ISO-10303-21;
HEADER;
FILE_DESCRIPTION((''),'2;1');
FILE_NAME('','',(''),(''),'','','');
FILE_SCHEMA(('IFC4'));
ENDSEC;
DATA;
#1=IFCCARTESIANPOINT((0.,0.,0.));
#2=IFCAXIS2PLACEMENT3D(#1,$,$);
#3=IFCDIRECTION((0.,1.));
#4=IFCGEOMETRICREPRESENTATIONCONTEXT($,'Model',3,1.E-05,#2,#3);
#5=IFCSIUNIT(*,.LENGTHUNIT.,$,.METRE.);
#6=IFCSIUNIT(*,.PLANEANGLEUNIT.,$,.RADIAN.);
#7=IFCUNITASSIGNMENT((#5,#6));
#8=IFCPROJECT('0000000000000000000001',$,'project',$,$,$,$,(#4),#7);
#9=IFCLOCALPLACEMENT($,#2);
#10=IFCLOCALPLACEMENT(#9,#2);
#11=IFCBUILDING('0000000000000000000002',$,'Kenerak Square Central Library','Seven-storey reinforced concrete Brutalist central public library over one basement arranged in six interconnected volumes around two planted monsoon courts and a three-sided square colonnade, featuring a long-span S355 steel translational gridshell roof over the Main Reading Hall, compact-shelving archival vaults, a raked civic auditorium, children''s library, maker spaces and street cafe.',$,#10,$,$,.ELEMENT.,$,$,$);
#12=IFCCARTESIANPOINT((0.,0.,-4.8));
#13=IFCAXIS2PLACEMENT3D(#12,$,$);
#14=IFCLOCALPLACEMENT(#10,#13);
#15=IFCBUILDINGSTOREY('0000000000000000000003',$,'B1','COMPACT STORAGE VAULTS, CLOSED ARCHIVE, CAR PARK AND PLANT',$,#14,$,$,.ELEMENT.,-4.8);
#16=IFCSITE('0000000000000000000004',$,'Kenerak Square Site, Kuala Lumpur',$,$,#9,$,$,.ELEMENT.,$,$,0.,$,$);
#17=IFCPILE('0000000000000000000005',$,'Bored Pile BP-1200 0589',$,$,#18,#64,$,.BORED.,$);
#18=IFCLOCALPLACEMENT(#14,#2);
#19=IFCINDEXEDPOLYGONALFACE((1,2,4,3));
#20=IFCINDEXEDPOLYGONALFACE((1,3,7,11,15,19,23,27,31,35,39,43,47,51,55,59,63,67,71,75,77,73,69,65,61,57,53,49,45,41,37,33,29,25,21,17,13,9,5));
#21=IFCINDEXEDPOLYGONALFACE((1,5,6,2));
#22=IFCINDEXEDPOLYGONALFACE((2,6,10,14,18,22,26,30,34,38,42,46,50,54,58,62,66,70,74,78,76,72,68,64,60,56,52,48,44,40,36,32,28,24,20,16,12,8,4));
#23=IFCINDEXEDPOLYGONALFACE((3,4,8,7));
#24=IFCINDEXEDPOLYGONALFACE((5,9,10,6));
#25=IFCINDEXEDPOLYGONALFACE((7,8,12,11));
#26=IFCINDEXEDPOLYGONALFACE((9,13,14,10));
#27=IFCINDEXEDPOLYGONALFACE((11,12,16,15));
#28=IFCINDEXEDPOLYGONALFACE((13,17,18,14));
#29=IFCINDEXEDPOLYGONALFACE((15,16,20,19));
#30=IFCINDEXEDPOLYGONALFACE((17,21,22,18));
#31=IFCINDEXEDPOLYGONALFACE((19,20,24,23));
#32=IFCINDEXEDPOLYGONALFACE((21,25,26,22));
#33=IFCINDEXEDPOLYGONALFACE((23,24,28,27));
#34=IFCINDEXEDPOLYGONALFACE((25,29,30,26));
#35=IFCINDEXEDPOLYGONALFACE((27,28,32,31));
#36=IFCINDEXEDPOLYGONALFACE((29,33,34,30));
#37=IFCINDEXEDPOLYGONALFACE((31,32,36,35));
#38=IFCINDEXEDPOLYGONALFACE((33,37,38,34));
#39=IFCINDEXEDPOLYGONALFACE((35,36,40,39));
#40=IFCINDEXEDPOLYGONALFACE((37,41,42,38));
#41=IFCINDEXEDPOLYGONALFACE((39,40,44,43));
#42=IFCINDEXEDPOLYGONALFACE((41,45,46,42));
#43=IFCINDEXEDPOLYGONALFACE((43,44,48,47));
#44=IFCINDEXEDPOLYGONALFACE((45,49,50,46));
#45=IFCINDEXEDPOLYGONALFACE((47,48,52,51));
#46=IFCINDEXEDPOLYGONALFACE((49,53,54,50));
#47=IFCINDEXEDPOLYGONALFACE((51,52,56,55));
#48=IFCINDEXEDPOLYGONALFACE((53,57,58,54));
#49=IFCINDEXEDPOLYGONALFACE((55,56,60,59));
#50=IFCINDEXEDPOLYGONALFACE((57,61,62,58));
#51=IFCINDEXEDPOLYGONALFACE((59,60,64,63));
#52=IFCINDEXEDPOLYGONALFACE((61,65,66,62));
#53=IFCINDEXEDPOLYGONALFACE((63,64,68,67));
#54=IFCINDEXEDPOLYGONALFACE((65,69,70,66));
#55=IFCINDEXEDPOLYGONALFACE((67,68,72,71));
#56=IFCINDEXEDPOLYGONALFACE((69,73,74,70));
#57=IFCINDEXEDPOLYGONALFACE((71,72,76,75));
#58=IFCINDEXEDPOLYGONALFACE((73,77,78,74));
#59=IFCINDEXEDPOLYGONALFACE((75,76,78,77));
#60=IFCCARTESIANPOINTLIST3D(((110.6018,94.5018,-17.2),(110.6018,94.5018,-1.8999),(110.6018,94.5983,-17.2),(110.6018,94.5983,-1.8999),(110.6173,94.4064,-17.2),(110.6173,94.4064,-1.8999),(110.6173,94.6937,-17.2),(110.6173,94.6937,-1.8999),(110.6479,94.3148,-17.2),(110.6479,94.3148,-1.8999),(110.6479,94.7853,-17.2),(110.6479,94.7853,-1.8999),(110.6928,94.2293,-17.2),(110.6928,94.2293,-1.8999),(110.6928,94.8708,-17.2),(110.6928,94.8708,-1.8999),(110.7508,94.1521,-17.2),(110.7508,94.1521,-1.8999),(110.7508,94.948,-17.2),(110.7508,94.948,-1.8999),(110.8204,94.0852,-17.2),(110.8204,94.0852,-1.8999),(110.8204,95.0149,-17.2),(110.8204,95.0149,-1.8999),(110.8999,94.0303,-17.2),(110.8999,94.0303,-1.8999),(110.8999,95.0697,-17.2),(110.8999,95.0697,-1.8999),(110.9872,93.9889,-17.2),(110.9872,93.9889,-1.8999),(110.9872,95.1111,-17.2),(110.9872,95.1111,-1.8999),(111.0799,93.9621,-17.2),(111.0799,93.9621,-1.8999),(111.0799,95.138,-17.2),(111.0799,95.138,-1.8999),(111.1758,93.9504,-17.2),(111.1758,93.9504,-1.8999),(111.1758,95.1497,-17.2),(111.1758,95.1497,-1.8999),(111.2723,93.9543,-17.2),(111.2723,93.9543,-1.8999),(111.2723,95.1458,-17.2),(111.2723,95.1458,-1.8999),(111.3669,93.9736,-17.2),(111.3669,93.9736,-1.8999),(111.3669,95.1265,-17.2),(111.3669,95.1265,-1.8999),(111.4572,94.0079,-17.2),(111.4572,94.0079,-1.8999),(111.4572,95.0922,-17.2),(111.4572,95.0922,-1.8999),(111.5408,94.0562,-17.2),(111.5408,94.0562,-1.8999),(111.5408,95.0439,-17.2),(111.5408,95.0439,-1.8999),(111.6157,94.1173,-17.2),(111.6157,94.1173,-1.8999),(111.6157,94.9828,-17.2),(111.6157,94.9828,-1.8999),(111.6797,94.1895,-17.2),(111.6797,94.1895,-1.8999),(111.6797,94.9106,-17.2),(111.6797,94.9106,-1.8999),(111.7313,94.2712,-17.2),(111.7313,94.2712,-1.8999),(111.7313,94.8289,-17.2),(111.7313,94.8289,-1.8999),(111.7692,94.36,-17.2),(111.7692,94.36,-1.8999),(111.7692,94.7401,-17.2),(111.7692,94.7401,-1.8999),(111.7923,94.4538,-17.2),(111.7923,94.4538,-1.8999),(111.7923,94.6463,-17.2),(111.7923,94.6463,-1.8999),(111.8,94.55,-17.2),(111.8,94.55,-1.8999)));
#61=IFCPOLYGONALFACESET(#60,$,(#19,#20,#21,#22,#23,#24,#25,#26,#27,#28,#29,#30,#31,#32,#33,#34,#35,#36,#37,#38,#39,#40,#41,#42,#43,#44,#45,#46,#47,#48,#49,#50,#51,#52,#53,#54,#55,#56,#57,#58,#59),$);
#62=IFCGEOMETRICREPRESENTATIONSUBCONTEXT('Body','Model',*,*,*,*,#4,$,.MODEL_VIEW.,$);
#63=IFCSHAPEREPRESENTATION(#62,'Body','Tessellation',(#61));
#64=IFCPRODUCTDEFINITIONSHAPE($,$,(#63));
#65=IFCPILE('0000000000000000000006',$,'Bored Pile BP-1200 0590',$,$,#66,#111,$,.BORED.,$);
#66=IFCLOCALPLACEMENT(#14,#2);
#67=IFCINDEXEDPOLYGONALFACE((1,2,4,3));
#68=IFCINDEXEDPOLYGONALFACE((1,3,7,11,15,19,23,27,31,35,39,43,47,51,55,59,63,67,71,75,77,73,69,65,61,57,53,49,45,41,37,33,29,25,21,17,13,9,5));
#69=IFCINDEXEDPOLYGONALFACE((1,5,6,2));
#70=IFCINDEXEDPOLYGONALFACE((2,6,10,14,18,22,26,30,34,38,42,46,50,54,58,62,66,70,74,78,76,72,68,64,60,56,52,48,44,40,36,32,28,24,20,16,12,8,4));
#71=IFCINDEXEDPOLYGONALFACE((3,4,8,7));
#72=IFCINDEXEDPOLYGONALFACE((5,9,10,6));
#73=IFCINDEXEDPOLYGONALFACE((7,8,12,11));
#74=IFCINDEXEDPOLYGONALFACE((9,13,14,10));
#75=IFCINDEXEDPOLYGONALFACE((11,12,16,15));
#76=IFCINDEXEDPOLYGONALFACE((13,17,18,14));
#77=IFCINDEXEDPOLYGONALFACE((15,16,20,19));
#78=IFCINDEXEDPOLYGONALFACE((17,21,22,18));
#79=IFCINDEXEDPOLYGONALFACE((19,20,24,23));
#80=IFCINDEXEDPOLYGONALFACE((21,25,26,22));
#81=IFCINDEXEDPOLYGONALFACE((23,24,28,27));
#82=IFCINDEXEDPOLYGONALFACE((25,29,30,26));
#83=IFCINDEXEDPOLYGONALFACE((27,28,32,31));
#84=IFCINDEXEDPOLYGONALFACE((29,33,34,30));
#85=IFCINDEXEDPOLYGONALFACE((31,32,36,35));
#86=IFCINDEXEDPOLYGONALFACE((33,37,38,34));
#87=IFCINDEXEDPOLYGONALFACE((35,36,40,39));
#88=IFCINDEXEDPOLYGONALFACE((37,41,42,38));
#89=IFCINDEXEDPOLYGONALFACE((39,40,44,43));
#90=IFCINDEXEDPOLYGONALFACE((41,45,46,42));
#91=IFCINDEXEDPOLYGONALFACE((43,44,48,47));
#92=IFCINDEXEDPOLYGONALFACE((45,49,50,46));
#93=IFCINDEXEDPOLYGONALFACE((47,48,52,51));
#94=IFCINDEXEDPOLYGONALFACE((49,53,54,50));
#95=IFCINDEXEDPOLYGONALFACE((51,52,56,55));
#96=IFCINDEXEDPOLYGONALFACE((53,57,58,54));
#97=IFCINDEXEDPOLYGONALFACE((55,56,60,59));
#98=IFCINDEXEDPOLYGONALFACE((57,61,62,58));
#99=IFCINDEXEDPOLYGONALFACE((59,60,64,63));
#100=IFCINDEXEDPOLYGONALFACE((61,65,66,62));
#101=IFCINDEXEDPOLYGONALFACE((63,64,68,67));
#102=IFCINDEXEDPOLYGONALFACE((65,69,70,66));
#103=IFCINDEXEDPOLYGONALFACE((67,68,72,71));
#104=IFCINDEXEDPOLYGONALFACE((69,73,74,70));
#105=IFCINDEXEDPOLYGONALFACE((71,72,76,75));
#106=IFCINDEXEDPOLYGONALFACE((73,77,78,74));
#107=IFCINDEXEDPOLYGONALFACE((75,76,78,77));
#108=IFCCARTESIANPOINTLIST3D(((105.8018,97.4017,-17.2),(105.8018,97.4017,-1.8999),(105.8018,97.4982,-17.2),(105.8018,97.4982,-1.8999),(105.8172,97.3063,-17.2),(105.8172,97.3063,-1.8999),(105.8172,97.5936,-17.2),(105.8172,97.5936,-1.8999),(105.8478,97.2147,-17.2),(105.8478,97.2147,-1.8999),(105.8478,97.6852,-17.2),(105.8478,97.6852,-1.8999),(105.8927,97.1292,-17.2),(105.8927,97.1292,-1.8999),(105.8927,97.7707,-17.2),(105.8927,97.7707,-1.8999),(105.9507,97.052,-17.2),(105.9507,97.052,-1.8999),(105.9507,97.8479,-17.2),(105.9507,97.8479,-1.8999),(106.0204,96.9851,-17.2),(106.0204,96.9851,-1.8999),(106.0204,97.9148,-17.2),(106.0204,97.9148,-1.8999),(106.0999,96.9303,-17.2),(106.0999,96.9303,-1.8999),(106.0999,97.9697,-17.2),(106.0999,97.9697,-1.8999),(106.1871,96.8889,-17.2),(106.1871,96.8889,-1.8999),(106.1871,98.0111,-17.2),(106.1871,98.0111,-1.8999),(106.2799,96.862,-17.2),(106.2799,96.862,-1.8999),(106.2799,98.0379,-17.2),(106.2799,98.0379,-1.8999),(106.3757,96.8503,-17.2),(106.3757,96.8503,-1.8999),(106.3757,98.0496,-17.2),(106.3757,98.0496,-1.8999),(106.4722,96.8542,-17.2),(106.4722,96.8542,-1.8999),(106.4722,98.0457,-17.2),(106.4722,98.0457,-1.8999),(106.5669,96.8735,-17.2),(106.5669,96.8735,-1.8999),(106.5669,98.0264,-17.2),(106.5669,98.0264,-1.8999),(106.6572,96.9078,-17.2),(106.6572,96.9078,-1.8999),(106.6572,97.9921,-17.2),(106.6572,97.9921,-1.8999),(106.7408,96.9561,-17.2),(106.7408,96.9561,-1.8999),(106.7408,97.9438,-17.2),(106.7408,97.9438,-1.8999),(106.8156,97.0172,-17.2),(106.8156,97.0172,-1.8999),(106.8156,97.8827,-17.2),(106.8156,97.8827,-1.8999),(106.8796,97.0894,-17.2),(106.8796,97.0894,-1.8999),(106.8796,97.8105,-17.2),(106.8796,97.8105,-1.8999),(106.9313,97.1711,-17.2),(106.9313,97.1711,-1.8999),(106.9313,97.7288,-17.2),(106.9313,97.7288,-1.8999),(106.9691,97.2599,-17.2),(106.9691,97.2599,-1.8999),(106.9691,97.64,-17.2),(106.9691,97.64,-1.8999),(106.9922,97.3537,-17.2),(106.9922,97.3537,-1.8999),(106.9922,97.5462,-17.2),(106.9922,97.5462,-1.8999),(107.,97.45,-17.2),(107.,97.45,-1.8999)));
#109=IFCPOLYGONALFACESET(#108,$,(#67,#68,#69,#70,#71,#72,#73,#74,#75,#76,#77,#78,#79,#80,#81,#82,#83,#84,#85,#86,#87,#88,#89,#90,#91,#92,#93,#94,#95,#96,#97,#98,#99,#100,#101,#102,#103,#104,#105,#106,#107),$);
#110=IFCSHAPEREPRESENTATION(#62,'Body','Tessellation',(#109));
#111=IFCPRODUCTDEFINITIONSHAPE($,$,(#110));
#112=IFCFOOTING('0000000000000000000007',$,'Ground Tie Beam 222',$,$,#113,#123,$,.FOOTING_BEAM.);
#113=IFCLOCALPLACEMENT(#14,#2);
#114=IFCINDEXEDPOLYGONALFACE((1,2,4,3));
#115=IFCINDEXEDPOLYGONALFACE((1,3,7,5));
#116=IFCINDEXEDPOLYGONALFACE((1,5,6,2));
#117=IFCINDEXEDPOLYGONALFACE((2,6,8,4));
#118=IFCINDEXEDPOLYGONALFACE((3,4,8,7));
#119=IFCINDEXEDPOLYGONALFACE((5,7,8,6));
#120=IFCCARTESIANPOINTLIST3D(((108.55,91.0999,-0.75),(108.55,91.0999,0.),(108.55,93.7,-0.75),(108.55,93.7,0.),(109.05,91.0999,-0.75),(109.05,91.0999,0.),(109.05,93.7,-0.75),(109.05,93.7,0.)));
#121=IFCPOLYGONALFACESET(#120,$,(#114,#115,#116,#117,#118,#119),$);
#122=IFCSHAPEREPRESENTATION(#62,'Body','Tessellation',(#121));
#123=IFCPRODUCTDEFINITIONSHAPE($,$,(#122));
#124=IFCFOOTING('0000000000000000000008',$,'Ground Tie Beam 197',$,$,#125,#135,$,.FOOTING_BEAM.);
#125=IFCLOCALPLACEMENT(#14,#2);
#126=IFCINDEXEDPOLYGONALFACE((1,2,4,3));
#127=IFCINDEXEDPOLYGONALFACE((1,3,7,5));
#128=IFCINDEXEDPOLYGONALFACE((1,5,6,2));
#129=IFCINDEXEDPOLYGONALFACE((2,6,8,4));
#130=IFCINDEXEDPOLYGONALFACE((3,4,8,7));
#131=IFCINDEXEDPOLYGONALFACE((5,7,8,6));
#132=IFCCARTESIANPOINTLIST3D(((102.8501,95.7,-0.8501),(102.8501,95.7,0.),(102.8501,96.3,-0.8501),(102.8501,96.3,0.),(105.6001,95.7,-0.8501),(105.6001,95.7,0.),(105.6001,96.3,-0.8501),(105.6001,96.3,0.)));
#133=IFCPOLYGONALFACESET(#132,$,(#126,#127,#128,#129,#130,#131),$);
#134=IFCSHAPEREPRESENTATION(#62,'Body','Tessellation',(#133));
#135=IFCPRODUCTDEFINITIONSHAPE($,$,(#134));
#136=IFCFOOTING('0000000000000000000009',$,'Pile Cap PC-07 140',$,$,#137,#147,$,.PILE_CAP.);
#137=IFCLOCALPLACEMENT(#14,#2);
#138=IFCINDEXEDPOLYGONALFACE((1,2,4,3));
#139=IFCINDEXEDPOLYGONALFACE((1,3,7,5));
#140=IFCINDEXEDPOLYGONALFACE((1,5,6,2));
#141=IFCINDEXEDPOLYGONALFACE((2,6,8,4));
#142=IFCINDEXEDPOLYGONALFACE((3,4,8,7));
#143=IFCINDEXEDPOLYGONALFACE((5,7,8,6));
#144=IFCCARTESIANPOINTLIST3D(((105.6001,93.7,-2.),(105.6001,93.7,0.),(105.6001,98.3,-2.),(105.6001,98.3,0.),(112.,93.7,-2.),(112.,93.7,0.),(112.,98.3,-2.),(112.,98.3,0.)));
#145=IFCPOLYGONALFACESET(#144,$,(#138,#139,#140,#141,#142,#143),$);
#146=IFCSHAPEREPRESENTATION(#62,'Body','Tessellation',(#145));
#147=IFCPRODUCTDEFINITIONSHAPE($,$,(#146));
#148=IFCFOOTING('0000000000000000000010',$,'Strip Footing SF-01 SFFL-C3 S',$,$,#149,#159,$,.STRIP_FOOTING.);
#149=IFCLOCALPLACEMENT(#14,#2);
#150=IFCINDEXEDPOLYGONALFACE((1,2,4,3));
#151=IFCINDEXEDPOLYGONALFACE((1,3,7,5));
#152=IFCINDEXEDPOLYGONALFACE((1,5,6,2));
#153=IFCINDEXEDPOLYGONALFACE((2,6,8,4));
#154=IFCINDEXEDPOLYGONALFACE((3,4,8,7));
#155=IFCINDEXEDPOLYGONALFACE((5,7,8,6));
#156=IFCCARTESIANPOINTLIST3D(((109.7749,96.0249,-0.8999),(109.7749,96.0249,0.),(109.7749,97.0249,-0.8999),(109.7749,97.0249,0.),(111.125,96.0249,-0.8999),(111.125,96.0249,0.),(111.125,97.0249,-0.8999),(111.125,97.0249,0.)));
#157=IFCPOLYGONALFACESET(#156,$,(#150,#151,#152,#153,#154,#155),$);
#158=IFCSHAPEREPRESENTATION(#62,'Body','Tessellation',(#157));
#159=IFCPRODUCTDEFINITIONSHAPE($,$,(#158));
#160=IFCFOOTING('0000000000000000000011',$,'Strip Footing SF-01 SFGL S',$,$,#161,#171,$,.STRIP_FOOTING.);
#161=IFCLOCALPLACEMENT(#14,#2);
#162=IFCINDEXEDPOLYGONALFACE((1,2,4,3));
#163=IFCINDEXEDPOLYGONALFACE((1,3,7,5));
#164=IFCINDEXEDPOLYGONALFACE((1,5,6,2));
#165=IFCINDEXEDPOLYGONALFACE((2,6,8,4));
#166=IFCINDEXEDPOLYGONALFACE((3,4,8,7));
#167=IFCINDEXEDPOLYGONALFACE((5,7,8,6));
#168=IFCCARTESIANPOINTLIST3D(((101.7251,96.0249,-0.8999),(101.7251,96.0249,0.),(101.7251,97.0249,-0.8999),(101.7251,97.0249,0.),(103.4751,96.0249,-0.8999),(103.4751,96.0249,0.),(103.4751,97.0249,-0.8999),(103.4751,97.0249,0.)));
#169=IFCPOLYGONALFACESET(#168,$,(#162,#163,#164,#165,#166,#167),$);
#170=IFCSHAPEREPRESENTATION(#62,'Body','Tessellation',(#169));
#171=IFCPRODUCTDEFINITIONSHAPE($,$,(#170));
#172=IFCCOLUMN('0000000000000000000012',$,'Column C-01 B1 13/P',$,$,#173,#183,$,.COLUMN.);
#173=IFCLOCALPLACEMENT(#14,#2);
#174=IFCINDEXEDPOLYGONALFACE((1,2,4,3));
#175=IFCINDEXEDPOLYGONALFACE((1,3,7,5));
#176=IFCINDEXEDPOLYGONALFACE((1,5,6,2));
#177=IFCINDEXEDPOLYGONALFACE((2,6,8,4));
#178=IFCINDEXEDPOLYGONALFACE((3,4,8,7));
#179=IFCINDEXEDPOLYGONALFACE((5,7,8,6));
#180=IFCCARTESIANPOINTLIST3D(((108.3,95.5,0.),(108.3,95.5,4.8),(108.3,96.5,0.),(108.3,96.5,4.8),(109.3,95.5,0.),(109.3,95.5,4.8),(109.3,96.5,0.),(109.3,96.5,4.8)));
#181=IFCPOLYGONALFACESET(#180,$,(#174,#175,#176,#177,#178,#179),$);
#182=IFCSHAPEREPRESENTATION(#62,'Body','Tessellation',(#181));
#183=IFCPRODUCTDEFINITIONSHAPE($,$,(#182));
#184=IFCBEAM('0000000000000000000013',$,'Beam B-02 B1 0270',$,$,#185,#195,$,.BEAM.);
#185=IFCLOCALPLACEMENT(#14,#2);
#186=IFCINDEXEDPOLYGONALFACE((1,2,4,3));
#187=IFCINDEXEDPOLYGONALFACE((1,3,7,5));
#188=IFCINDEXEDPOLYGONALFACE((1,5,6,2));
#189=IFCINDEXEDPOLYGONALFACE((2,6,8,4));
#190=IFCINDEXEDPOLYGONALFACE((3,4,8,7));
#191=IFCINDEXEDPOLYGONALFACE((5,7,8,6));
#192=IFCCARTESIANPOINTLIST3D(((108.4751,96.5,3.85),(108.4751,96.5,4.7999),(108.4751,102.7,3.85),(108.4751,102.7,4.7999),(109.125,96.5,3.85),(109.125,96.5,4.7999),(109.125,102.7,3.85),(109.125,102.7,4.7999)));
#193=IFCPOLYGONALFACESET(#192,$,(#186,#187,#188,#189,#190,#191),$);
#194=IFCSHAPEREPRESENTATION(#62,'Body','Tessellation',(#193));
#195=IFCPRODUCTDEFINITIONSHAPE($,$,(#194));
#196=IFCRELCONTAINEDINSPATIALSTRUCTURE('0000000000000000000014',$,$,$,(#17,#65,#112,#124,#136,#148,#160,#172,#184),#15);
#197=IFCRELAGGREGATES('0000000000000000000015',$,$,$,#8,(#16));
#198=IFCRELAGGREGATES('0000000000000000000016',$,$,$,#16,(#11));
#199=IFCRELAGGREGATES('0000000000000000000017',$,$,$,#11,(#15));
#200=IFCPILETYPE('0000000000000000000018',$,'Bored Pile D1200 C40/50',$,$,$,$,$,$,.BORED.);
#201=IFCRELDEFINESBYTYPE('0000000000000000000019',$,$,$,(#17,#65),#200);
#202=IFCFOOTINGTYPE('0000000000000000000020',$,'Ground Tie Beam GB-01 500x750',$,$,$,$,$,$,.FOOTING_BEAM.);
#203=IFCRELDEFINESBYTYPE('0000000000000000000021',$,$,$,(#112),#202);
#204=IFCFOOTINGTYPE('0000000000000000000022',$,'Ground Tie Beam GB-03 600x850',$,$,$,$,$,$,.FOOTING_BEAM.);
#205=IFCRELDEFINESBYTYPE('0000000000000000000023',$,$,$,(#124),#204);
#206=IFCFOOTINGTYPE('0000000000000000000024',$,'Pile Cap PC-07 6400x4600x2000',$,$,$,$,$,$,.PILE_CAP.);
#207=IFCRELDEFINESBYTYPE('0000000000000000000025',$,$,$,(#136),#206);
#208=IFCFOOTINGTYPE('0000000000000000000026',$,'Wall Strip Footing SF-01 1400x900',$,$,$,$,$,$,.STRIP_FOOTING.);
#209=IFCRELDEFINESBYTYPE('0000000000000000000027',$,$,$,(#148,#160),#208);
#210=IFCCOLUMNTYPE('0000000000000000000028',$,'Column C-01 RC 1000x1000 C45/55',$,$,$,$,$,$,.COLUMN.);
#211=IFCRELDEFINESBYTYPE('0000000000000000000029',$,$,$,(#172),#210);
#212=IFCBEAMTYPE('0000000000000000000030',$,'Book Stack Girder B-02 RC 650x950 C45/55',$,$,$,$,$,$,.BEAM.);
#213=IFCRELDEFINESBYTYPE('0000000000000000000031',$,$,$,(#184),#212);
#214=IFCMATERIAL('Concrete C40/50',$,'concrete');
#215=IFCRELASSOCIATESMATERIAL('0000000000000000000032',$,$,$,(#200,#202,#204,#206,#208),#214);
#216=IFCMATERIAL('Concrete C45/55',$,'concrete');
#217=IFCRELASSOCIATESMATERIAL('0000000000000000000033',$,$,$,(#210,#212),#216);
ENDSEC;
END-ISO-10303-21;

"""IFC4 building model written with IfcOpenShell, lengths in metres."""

from ifc_helpers import new_model, si_unit, direction, frame, origin, origin_2d, place, context, subcontext, project, spatial, rectangle, circle, extrude, material, material_profile, profile_set, type_object, element, save


model = new_model("IFC4")

# Units and contexts
model_context = context("Model", 3, precision=1e-05, world=origin(), true_north=direction((0.0, 1.0)))
body_context = subcontext(model_context, "Body", "Model", "MODEL_VIEW")
ifc_project = project(units=[si_unit("LENGTHUNIT", "METRE"), si_unit("PLANEANGLEUNIT", "RADIAN")], contexts=[model_context])

# Site, building, storey
site_placement = place(None, origin())
site = spatial("IfcSite", under=ifc_project, at=site_placement, Name="Kenerak Square Site, Kuala Lumpur", CompositionType="ELEMENT", RefElevation=0.0)
building_placement = place(site_placement, origin())
building = spatial("IfcBuilding", under=site, at=building_placement, Name="Kenerak Square Central Library", Description="Seven-storey reinforced concrete Brutalist central public library over one basement arranged in six interconnected volumes around two planted monsoon courts and a three-sided square colonnade, featuring a long-span S355 steel translational gridshell roof over the Main Reading Hall, compact-shelving archival vaults, a raked civic auditorium, children's library, maker spaces and street cafe.", CompositionType="ELEMENT")
storey_placement = place(building_placement, frame((0.0, 0.0, -4.8)))
storey = spatial("IfcBuildingStorey", under=building, at=storey_placement, Name="B1", Description="COMPACT STORAGE VAULTS, CLOSED ARCHIVE, CAR PARK AND PLANT", CompositionType="ELEMENT", Elevation=-4.8)

# Piles
ifc_material_1 = material(Name="Concrete C40/50", Category="concrete")
ifc_material_profile_1 = material_profile(ifc_material_1, circle(Radius=0.6001, at=origin_2d()), Name="BP D1200")
ifc_profile_set_1 = profile_set([ifc_material_profile_1], Name="Concrete C40/50")
pile_type = type_object("IfcPileType", Name="Bored Pile D1200 C40/50", PredefinedType="BORED", material=ifc_profile_set_1)
for number, where, z_axis, x_axis, name in (
    (1, (111.2, 94.55, -1.8999), (0.0, 0.0, -1.0), (1.0, 0.0, 0.0), "Bored Pile BP-1200 0589"),
    (2, (106.3999, 97.45, -1.8999), (0.0, 0.0, -1.0), (1.0, 0.0, 0.0), "Bored Pile BP-1200 0590"),
):
    element("IfcPile", number, at=place(storey_placement, frame(where, z_axis=z_axis, x_axis=x_axis)), inside=storey, type_object=pile_type, Name=name, PredefinedType="BORED", context=body_context, shape_type="SweptSolid", body=[
        extrude(circle(Radius=0.6001, at=origin_2d()), origin(), (0.0, 0.0, 1.0), 15.3),
    ])

# Footings
footing_type_1 = type_object("IfcFootingType", Name="Ground Tie Beam GB-01 500x750", PredefinedType="FOOTING_BEAM", material=ifc_material_1)
footing_1_placement = place(storey_placement, frame((108.8, 92.3999, -0.75), z_axis=(0.0, 0.0, 1.0), x_axis=(1.0, 0.0, 0.0)))
element("IfcFooting", 3, at=footing_1_placement, inside=storey, type_object=footing_type_1, Name="Ground Tie Beam 222", PredefinedType="FOOTING_BEAM", context=body_context, shape_type="SweptSolid", body=[
    extrude(rectangle(XDim=0.5, YDim=2.6001, at=origin_2d()), origin(), (0.0, 0.0, 1.0), 0.75),
])
footing_type_2 = type_object("IfcFootingType", Name="Ground Tie Beam GB-03 600x850", PredefinedType="FOOTING_BEAM", material=ifc_material_1)
footing_2_placement = place(storey_placement, frame((104.2251, 96.0, -0.8501), z_axis=(0.0, 0.0, 1.0), x_axis=(1.0, 0.0, 0.0)))
element("IfcFooting", 4, at=footing_2_placement, inside=storey, type_object=footing_type_2, Name="Ground Tie Beam 197", PredefinedType="FOOTING_BEAM", context=body_context, shape_type="SweptSolid", body=[
    extrude(rectangle(XDim=2.75, YDim=0.6001, at=origin_2d()), origin(), (0.0, 0.0, 1.0), 0.8501),
])
footing_type_3 = type_object("IfcFootingType", Name="Pile Cap PC-07 6400x4600x2000", PredefinedType="PILE_CAP", material=ifc_material_1)
footing_3_placement = place(storey_placement, frame((108.8, 96.0, -2.0), z_axis=(0.0, 0.0, 1.0), x_axis=(1.0, 0.0, 0.0)))
element("IfcFooting", 5, at=footing_3_placement, inside=storey, type_object=footing_type_3, Name="Pile Cap PC-07 140", PredefinedType="PILE_CAP", context=body_context, shape_type="SweptSolid", body=[
    extrude(rectangle(XDim=6.3999, YDim=4.6001, at=origin_2d()), origin(), (0.0, 0.0, 1.0), 2.0),
])
footing_type_4 = type_object("IfcFootingType", Name="Wall Strip Footing SF-01 1400x900", PredefinedType="STRIP_FOOTING", material=ifc_material_1)
footing_4_placement = place(storey_placement, frame((110.45, 96.5249, -0.8999), z_axis=(0.0, 0.0, 1.0), x_axis=(1.0, 0.0, 0.0)))
element("IfcFooting", 6, at=footing_4_placement, inside=storey, type_object=footing_type_4, Name="Strip Footing SF-01 SFFL-C3 S", PredefinedType="STRIP_FOOTING", context=body_context, shape_type="SweptSolid", body=[
    extrude(rectangle(XDim=1.3501, YDim=1.0, at=origin_2d()), origin(), (0.0, 0.0, 1.0), 0.8999),
])
footing_5_placement = place(storey_placement, frame((102.6001, 96.5249, -0.8999), z_axis=(0.0, 0.0, 1.0), x_axis=(1.0, 0.0, 0.0)))
element("IfcFooting", 7, at=footing_5_placement, inside=storey, type_object=footing_type_4, Name="Strip Footing SF-01 SFGL S", PredefinedType="STRIP_FOOTING", context=body_context, shape_type="SweptSolid", body=[
    extrude(rectangle(XDim=1.75, YDim=1.0, at=origin_2d()), origin(), (0.0, 0.0, 1.0), 0.8999),
])

# Column
ifc_material_2 = material(Name="Concrete C45/55", Category="concrete")
ifc_material_profile_2 = material_profile(ifc_material_2, rectangle(XDim=1.0, YDim=1.0, at=origin_2d()), Name="RC 1000x1000")
ifc_profile_set_2 = profile_set([ifc_material_profile_2], Name="Concrete C45/55")
column_type = type_object("IfcColumnType", Name="Column C-01 RC 1000x1000 C45/55", PredefinedType="COLUMN", material=ifc_profile_set_2)
column_placement = place(storey_placement, frame((108.8, 96.0, 0.0), z_axis=(0.0, 0.0, 1.0), x_axis=(1.0, 0.0, 0.0)))
element("IfcColumn", 8, at=column_placement, inside=storey, type_object=column_type, Name="Column C-01 B1 13/P", PredefinedType="COLUMN", context=body_context, shape_type="SweptSolid", body=[
    extrude(rectangle(XDim=1.0, YDim=1.0, at=origin_2d()), origin(), (0.0, 0.0, 1.0), 4.8),
])

# Beam
ifc_material_profile_3 = material_profile(ifc_material_2, rectangle(XDim=0.6499, YDim=0.95, at=origin_2d()), Name="RC 650x950")
ifc_profile_set_3 = profile_set([ifc_material_profile_3], Name="Concrete C45/55")
beam_type_1 = type_object("IfcBeamType", Name="Book Stack Girder B-02 RC 650x950 C45/55", PredefinedType="BEAM", material=ifc_profile_set_3)
beam_1_placement = place(storey_placement, frame((108.8, 96.5, 4.325), z_axis=(0.0, 1.0, 0.0), x_axis=(-1.0, 0.0, 0.0)))
element("IfcBeam", 9, at=beam_1_placement, inside=storey, type_object=beam_type_1, Name="Beam B-02 B1 0270", PredefinedType="BEAM", context=body_context, shape_type="SweptSolid", body=[
    extrude(rectangle(XDim=0.6499, YDim=0.95, at=origin_2d()), origin(), (0.0, 0.0, 1.0), 6.2),
])

save(model, "model.ifc")
